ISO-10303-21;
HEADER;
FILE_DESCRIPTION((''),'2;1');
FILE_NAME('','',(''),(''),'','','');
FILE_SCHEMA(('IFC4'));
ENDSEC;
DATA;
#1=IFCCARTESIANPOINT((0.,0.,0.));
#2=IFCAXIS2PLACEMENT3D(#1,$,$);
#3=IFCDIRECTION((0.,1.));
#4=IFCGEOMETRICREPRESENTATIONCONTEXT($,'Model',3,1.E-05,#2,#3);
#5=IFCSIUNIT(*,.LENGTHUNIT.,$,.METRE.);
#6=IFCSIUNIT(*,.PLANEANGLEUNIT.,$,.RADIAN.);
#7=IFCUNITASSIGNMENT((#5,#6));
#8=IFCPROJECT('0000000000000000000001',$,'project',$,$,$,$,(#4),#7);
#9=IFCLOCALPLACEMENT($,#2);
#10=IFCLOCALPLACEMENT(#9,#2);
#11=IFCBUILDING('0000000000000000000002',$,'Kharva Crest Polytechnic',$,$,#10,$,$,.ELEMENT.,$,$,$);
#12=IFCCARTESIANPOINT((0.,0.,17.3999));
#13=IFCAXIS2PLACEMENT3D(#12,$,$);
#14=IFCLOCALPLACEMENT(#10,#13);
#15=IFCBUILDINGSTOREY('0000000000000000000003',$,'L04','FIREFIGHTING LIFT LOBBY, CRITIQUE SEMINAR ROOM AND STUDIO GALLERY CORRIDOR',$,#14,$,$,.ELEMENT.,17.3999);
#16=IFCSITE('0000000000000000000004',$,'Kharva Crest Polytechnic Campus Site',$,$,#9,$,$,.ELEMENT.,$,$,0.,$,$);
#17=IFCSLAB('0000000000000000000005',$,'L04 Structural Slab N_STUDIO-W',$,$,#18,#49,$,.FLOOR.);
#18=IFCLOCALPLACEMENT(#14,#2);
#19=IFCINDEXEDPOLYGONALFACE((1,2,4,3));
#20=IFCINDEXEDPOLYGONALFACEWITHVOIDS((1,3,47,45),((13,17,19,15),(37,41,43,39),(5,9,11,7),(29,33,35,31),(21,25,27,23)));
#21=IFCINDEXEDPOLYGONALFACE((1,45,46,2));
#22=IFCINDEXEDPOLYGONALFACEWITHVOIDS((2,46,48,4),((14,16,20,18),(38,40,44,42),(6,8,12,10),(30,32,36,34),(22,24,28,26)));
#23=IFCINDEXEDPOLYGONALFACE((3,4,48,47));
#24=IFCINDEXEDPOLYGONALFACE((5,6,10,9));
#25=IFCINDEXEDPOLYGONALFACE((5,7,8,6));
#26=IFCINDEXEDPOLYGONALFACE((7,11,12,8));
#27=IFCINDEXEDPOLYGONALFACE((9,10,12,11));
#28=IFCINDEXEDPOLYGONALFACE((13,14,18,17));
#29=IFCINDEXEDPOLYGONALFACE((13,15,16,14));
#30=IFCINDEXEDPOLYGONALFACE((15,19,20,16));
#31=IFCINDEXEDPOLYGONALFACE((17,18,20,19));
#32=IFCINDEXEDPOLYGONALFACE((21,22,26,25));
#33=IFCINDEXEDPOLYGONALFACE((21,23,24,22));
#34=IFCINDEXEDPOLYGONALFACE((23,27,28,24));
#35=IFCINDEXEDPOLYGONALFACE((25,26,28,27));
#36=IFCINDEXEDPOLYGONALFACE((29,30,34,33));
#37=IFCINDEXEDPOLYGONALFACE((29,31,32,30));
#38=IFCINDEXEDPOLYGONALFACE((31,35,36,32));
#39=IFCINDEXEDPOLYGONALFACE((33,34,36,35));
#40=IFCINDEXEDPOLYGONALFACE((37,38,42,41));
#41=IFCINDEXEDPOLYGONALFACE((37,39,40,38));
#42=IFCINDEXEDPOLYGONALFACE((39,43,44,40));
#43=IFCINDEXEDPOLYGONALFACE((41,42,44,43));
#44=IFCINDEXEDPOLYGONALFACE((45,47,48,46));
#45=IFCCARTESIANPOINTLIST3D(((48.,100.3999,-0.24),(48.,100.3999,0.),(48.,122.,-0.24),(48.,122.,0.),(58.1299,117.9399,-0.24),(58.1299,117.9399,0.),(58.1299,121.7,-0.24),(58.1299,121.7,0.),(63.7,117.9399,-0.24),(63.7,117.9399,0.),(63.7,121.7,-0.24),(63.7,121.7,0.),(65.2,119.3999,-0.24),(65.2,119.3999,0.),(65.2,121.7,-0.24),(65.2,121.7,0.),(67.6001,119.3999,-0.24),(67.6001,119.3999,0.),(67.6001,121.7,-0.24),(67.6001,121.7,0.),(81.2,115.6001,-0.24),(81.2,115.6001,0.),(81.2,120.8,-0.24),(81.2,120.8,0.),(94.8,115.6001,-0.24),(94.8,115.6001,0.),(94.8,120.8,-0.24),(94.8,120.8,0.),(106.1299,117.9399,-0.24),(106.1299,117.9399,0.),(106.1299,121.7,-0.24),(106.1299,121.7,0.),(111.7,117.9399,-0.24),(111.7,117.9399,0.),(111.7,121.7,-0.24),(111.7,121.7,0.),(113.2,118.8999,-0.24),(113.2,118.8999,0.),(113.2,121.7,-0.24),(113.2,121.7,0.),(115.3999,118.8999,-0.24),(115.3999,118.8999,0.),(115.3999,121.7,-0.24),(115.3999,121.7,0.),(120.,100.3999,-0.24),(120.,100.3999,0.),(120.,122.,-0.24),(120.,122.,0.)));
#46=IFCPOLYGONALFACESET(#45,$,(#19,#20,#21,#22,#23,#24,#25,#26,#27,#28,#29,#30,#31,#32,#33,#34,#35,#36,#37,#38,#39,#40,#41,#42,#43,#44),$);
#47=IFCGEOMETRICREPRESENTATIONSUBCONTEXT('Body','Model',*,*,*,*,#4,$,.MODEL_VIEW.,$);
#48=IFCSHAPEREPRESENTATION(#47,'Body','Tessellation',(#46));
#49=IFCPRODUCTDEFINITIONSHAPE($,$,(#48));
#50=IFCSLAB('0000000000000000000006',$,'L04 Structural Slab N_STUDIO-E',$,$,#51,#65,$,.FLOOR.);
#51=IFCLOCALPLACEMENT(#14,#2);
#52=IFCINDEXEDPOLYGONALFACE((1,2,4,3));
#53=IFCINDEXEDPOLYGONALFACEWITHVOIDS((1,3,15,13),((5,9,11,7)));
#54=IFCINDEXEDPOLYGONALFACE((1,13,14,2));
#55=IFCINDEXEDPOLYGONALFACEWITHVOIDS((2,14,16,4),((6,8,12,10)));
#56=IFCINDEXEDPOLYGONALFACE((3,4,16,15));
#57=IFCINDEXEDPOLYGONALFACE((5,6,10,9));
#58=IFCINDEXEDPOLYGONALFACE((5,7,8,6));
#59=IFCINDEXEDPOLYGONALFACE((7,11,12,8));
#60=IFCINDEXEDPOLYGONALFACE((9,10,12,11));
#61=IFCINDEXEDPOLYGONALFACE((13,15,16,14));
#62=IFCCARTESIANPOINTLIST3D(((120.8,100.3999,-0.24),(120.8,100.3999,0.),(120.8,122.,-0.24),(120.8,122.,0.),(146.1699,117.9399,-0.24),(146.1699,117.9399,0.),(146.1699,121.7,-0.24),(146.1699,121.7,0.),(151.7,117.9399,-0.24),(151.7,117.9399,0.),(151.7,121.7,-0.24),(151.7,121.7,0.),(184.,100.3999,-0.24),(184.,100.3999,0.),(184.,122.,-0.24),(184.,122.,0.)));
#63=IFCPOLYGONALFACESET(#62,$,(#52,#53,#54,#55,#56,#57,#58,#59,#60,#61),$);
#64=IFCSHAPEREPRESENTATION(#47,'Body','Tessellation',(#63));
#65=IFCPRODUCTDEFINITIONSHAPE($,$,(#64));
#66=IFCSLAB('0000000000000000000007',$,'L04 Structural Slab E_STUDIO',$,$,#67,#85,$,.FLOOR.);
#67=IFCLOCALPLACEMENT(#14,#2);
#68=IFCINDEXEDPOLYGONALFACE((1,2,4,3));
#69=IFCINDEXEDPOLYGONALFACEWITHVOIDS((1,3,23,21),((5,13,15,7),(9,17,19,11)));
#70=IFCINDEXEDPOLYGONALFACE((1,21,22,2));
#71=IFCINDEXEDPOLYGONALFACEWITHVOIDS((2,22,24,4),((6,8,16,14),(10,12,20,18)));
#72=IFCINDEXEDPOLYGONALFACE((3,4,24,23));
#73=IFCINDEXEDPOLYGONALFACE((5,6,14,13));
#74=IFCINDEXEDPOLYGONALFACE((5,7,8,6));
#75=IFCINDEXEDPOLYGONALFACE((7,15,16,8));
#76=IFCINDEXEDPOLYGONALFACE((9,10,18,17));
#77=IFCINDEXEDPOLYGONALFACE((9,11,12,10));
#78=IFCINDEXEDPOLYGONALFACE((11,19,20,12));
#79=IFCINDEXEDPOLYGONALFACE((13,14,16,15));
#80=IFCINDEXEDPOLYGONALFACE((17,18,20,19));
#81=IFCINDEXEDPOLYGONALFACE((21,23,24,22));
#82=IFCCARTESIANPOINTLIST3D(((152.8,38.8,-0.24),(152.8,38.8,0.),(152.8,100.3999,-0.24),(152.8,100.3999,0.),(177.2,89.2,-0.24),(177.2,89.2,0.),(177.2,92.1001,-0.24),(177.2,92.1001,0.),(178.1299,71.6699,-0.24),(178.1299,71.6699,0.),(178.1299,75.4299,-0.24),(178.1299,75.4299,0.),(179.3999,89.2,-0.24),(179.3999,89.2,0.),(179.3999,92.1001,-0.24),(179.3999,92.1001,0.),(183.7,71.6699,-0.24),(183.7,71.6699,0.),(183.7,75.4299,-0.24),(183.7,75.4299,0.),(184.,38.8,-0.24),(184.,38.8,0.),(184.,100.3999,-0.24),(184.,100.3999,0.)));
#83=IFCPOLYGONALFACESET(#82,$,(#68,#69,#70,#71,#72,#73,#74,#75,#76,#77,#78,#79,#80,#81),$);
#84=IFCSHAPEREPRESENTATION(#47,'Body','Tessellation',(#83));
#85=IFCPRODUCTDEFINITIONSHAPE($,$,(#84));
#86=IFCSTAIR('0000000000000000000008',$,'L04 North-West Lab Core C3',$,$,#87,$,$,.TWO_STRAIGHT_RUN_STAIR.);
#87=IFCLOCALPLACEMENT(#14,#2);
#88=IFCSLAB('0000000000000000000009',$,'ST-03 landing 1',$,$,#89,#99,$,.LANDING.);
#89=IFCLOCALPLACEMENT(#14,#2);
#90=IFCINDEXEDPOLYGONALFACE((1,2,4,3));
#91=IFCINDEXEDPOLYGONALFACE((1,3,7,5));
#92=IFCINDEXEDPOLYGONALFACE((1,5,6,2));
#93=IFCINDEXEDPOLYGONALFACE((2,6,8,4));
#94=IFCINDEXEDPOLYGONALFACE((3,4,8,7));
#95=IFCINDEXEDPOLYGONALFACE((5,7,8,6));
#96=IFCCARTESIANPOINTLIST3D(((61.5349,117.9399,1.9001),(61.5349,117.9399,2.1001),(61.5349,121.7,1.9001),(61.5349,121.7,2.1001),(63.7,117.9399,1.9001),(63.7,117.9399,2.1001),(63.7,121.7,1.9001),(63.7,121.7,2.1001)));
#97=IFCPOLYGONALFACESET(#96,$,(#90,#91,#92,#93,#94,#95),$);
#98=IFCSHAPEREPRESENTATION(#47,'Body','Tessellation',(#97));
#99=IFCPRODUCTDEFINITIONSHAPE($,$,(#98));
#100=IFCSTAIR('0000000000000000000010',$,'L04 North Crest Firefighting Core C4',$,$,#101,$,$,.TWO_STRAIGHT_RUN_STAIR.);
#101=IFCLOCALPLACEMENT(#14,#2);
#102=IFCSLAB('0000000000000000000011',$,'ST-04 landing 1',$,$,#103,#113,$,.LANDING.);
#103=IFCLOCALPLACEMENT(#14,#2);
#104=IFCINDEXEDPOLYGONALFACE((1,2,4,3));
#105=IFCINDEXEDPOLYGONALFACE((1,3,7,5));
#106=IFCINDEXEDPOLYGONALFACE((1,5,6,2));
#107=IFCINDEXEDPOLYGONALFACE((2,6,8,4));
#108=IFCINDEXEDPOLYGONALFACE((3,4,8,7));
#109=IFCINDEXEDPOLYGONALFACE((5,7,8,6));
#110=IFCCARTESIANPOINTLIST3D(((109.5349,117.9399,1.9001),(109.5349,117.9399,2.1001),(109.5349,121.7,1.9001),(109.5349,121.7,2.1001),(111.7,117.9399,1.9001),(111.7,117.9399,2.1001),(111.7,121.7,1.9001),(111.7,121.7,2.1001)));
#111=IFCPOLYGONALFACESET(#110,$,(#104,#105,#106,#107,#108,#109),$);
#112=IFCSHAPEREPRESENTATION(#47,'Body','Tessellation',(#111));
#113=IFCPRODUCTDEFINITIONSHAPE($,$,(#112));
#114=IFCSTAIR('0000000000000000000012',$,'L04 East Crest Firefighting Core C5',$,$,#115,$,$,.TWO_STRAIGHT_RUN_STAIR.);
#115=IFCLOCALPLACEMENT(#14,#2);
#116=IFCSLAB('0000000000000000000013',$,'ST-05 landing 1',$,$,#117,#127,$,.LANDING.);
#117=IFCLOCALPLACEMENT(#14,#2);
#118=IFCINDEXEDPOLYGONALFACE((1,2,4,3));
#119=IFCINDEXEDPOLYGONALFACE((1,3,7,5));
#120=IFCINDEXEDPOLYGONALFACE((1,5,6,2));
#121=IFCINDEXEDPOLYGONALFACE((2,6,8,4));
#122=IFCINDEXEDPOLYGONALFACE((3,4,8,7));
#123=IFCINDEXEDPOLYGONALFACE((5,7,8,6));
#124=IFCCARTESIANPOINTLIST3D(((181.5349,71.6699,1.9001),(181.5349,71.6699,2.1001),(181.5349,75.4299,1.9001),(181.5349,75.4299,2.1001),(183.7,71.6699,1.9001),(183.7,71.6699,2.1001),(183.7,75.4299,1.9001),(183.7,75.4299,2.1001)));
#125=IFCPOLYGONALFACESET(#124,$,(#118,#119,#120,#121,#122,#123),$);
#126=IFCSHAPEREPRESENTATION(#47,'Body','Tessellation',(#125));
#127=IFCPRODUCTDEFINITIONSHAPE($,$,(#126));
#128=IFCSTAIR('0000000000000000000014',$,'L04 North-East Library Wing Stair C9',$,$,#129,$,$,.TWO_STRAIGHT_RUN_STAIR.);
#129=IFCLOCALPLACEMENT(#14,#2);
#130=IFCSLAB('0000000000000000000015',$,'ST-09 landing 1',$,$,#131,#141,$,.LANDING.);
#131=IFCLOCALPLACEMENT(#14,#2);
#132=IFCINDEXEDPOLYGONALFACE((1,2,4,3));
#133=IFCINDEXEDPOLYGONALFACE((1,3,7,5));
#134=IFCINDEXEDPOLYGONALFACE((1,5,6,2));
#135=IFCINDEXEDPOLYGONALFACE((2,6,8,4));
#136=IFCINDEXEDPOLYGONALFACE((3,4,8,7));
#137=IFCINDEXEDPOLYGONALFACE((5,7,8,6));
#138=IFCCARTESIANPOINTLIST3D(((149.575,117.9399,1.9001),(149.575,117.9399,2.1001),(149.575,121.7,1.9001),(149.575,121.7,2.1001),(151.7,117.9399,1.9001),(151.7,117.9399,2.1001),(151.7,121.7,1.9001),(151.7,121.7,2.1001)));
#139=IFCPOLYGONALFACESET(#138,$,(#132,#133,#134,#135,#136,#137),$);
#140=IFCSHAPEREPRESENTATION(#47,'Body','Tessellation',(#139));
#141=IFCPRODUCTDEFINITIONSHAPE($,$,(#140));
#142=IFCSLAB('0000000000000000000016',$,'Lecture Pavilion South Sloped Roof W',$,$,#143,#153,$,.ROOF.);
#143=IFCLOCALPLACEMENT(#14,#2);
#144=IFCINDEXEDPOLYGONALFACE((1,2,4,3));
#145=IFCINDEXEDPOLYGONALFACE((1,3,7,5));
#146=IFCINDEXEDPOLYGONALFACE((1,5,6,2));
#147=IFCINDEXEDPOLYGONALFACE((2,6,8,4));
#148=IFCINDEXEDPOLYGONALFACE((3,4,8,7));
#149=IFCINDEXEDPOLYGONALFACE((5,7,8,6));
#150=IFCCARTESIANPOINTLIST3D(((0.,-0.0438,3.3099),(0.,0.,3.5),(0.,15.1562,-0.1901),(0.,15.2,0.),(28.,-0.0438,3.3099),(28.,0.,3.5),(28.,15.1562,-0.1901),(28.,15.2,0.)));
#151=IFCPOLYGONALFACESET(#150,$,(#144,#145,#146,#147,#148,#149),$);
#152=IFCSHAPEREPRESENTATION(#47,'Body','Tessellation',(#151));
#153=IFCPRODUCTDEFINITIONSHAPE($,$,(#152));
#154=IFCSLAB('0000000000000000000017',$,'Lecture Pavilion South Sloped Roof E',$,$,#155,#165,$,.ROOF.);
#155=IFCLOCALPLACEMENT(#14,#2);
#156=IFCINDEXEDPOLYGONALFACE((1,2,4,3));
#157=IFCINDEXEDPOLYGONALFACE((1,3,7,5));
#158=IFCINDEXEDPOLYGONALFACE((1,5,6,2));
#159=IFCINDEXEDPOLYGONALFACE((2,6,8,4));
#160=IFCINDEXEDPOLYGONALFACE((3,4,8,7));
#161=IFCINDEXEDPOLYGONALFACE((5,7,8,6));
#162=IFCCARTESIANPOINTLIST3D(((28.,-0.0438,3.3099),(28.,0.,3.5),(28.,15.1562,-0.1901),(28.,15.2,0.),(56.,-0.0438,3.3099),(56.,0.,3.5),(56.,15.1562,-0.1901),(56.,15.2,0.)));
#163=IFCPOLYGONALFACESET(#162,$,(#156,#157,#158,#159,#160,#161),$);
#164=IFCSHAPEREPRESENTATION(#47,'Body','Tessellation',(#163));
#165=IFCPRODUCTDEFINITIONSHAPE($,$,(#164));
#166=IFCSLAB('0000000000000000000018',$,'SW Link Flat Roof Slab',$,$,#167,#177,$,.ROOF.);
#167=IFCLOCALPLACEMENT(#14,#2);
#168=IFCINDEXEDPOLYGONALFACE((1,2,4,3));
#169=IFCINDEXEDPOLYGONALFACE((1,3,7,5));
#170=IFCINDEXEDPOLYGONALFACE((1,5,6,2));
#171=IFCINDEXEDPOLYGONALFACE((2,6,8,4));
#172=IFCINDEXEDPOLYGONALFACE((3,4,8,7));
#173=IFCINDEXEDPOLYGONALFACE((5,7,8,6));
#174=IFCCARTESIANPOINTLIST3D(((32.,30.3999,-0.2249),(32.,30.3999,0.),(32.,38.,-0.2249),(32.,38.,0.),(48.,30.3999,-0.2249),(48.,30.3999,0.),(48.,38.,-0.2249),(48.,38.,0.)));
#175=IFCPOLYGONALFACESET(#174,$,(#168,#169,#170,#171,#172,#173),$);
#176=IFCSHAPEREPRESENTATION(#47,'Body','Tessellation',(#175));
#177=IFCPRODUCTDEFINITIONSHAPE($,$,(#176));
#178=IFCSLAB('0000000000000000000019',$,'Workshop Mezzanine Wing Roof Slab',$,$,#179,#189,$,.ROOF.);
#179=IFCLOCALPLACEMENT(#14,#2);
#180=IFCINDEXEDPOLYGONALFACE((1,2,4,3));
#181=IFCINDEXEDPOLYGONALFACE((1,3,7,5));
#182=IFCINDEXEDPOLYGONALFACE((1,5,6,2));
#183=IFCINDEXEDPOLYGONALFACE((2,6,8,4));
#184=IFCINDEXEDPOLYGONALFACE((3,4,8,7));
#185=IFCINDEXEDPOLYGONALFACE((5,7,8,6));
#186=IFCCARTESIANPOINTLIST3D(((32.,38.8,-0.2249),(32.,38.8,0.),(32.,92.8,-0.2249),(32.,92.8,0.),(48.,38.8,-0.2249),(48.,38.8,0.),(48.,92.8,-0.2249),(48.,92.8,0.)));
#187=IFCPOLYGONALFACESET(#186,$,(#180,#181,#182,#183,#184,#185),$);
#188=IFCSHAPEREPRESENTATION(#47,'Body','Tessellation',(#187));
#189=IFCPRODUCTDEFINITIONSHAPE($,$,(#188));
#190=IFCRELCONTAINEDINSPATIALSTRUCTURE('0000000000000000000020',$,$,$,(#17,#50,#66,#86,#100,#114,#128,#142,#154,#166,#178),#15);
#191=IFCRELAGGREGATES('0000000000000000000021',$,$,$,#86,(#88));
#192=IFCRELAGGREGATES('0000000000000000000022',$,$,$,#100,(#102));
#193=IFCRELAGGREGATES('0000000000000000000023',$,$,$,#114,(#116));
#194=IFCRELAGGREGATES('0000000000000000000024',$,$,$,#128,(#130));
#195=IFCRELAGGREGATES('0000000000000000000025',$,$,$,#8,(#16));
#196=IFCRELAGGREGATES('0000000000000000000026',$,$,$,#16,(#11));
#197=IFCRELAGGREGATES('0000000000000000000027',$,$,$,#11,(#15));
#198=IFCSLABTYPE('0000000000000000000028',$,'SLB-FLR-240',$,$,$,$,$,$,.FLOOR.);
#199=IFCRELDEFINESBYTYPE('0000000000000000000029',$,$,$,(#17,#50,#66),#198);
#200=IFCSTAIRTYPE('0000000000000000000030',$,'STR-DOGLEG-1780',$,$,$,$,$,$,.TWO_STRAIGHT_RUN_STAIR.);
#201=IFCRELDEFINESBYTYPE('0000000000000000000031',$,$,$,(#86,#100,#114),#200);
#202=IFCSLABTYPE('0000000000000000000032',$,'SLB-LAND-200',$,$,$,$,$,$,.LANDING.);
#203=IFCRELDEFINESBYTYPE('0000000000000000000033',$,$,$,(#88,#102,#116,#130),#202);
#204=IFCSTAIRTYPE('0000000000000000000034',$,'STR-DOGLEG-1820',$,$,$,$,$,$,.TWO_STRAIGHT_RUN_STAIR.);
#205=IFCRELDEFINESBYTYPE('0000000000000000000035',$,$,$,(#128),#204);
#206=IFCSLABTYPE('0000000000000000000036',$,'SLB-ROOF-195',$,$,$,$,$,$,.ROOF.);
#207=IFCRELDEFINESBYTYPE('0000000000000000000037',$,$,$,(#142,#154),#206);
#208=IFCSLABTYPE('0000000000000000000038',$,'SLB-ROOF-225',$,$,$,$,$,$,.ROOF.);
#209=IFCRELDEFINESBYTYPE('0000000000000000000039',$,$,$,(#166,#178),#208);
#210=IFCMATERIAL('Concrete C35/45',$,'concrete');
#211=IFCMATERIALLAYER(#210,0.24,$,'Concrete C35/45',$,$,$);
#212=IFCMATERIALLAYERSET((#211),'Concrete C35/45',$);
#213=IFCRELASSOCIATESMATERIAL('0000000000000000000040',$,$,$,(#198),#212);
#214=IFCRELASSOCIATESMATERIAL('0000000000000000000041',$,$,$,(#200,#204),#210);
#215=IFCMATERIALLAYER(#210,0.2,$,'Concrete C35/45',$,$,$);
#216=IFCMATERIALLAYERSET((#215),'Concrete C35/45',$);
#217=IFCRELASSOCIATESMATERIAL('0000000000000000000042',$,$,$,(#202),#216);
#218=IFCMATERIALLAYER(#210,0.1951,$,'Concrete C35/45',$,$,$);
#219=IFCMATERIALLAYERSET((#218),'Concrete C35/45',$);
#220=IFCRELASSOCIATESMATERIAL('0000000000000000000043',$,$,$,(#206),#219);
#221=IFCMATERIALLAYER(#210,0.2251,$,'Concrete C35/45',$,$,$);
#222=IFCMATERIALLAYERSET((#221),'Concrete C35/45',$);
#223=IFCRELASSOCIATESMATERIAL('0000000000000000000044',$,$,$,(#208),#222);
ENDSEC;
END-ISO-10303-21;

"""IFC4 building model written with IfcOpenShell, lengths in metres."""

from ifc_helpers import new_model, si_unit, direction, frame, origin, place, context, subcontext, project, spatial, polyline, outline, extrude, material, layer, layer_set, type_object, element, aggregate, save


model = new_model("IFC4")

# Units and contexts
model_context = context("Model", 3, precision=1e-05, world=origin(), true_north=direction((0.0, 1.0)))
body_context = subcontext(model_context, "Body", "Model", "MODEL_VIEW")
ifc_project = project(units=[si_unit("LENGTHUNIT", "METRE"), si_unit("PLANEANGLEUNIT", "RADIAN")], contexts=[model_context])

# Site, building, storey
site_placement = place(None, origin())
site = spatial("IfcSite", under=ifc_project, at=site_placement, Name="Kharva Crest Polytechnic Campus Site", CompositionType="ELEMENT", RefElevation=0.0)
building_placement = place(site_placement, origin())
building = spatial("IfcBuilding", under=site, at=building_placement, Name="Kharva Crest Polytechnic", CompositionType="ELEMENT")
storey_placement = place(building_placement, frame((0.0, 0.0, 17.3999)))
storey = spatial("IfcBuildingStorey", under=building, at=storey_placement, Name="L04", Description="FIREFIGHTING LIFT LOBBY, CRITIQUE SEMINAR ROOM AND STUDIO GALLERY CORRIDOR", CompositionType="ELEMENT", Elevation=17.3999)

# Slabs
ifc_material_1 = material(Name="Concrete C35/45", Category="concrete")
ifc_layer_1 = layer(ifc_material_1, 0.24, Name="Concrete C35/45")
ifc_layer_set_1 = layer_set([ifc_layer_1], Name="Concrete C35/45")
slab_type_1 = type_object("IfcSlabType", Name="SLB-FLR-240", PredefinedType="FLOOR", material=ifc_layer_set_1)
slab_1_placement = place(storey_placement, frame((0.0, 0.0, -0.24)))
element("IfcSlab", 1, at=slab_1_placement, inside=storey, type_object=slab_type_1, Name="L04 Structural Slab N_STUDIO-W", PredefinedType="FLOOR", context=body_context, shape_type="SweptSolid", body=[
    extrude(outline(polyline([(48.0, 100.3999), (120.0, 100.3999), (120.0, 122.0), (48.0, 122.0), (48.0, 100.3999)]), holes=[polyline([(58.1299, 117.9399), (63.7, 117.9399), (63.7, 121.7), (58.1299, 121.7), (58.1299, 117.9399)]), polyline([(65.2, 119.3999), (67.6001, 119.3999), (67.6001, 121.7), (65.2, 121.7), (65.2, 119.3999)]), polyline([(106.1299, 117.9399), (111.7, 117.9399), (111.7, 121.7), (106.1299, 121.7), (106.1299, 117.9399)]), polyline([(113.2, 118.8999), (115.3999, 118.8999), (115.3999, 121.7), (113.2, 121.7), (113.2, 118.8999)]), polyline([(81.2, 115.6001), (94.8, 115.6001), (94.8, 120.8), (81.2, 120.8), (81.2, 115.6001)])]), origin(), (0.0, 0.0, 1.0), 0.24),
])
slab_2_placement = place(storey_placement, frame((0.0, 0.0, -0.24)))
element("IfcSlab", 2, at=slab_2_placement, inside=storey, type_object=slab_type_1, Name="L04 Structural Slab N_STUDIO-E", PredefinedType="FLOOR", context=body_context, shape_type="SweptSolid", body=[
    extrude(outline(polyline([(120.8, 100.3999), (184.0, 100.3999), (184.0, 122.0), (120.8, 122.0), (120.8, 100.3999)]), holes=[polyline([(146.1699, 117.9399), (151.7, 117.9399), (151.7, 121.7), (146.1699, 121.7), (146.1699, 117.9399)])]), origin(), (0.0, 0.0, 1.0), 0.24),
])
slab_3_placement = place(storey_placement, frame((0.0, 0.0, -0.24)))
element("IfcSlab", 3, at=slab_3_placement, inside=storey, type_object=slab_type_1, Name="L04 Structural Slab E_STUDIO", PredefinedType="FLOOR", context=body_context, shape_type="SweptSolid", body=[
    extrude(outline(polyline([(152.8, 38.8), (184.0, 38.8), (184.0, 100.3999), (152.8, 100.3999), (152.8, 38.8)]), holes=[polyline([(178.1299, 71.6699), (183.7, 71.6699), (183.7, 75.4299), (178.1299, 75.4299), (178.1299, 71.6699)]), polyline([(177.2, 89.2), (179.3999, 89.2), (179.3999, 92.1001), (177.2, 92.1001), (177.2, 89.2)])]), origin(), (0.0, 0.0, 1.0), 0.24),
])

# Stairs, slabs
stair_type_1 = type_object("IfcStairType", Name="STR-DOGLEG-1780", PredefinedType="TWO_STRAIGHT_RUN_STAIR", material=ifc_material_1)
stair_1_placement = place(storey_placement, origin())
stair_1 = element("IfcStair", 4, at=stair_1_placement, inside=storey, type_object=stair_type_1, Name="L04 North-West Lab Core C3", PredefinedType="TWO_STRAIGHT_RUN_STAIR")
ifc_layer_2 = layer(ifc_material_1, 0.2, Name="Concrete C35/45")
ifc_layer_set_2 = layer_set([ifc_layer_2], Name="Concrete C35/45")
slab_type_2 = type_object("IfcSlabType", Name="SLB-LAND-200", PredefinedType="LANDING", material=ifc_layer_set_2)
slab_4_placement = place(storey_placement, frame((0.0, 0.0, 1.9001)))
slab_4 = element("IfcSlab", 5, at=slab_4_placement, type_object=slab_type_2, Name="ST-03 landing 1", PredefinedType="LANDING", context=body_context, shape_type="SweptSolid", body=[
    extrude(outline(polyline([(61.5349, 117.9399), (63.7, 117.9399), (63.7, 121.7), (61.5349, 121.7), (61.5349, 117.9399)])), origin(), (0.0, 0.0, 1.0), 0.2),
])
aggregate(stair_1, [slab_4])
stair_2_placement = place(storey_placement, origin())
stair_2 = element("IfcStair", 6, at=stair_2_placement, inside=storey, type_object=stair_type_1, Name="L04 North Crest Firefighting Core C4", PredefinedType="TWO_STRAIGHT_RUN_STAIR")
slab_5_placement = place(storey_placement, frame((0.0, 0.0, 1.9001)))
slab_5 = element("IfcSlab", 7, at=slab_5_placement, type_object=slab_type_2, Name="ST-04 landing 1", PredefinedType="LANDING", context=body_context, shape_type="SweptSolid", body=[
    extrude(outline(polyline([(109.5349, 117.9399), (111.7, 117.9399), (111.7, 121.7), (109.5349, 121.7), (109.5349, 117.9399)])), origin(), (0.0, 0.0, 1.0), 0.2),
])
aggregate(stair_2, [slab_5])
stair_3_placement = place(storey_placement, origin())
stair_3 = element("IfcStair", 8, at=stair_3_placement, inside=storey, type_object=stair_type_1, Name="L04 East Crest Firefighting Core C5", PredefinedType="TWO_STRAIGHT_RUN_STAIR")
slab_6_placement = place(storey_placement, frame((0.0, 0.0, 1.9001)))
slab_6 = element("IfcSlab", 9, at=slab_6_placement, type_object=slab_type_2, Name="ST-05 landing 1", PredefinedType="LANDING", context=body_context, shape_type="SweptSolid", body=[
    extrude(outline(polyline([(181.5349, 71.6699), (183.7, 71.6699), (183.7, 75.4299), (181.5349, 75.4299), (181.5349, 71.6699)])), origin(), (0.0, 0.0, 1.0), 0.2),
])
aggregate(stair_3, [slab_6])
stair_type_2 = type_object("IfcStairType", Name="STR-DOGLEG-1820", PredefinedType="TWO_STRAIGHT_RUN_STAIR", material=ifc_material_1)
stair_4_placement = place(storey_placement, origin())
stair_4 = element("IfcStair", 10, at=stair_4_placement, inside=storey, type_object=stair_type_2, Name="L04 North-East Library Wing Stair C9", PredefinedType="TWO_STRAIGHT_RUN_STAIR")
slab_7_placement = place(storey_placement, frame((0.0, 0.0, 1.9001)))
slab_7 = element("IfcSlab", 11, at=slab_7_placement, type_object=slab_type_2, Name="ST-09 landing 1", PredefinedType="LANDING", context=body_context, shape_type="SweptSolid", body=[
    extrude(outline(polyline([(149.575, 117.9399), (151.7, 117.9399), (151.7, 121.7), (149.575, 121.7), (149.575, 117.9399)])), origin(), (0.0, 0.0, 1.0), 0.2),
])
aggregate(stair_4, [slab_7])

# Slabs
ifc_layer_3 = layer(ifc_material_1, 0.1951, Name="Concrete C35/45")
ifc_layer_set_3 = layer_set([ifc_layer_3], Name="Concrete C35/45")
slab_type_3 = type_object("IfcSlabType", Name="SLB-ROOF-195", PredefinedType="ROOF", material=ifc_layer_set_3)
for number, where, z_axis, x_axis, name in (
    (12, (0.0, 0.0, 3.5), (0.0, 0.224392, 0.974499), (1.0, 0.0, 0.0), "Lecture Pavilion South Sloped Roof W"),
    (13, (28.0, 0.0, 3.5), (0.0, 0.224392, 0.974499), (1.0, 0.0, 0.0), "Lecture Pavilion South Sloped Roof E"),
):
    element("IfcSlab", number, at=place(storey_placement, frame(where, z_axis=z_axis, x_axis=x_axis)), inside=storey, type_object=slab_type_3, Name=name, PredefinedType="ROOF", context=body_context, shape_type="SweptSolid", body=[
        extrude(outline(polyline([(0.0, 0.0), (28.0, 0.0), (28.0, 15.5977), (0.0, 15.5977), (0.0, 0.0)])), origin(), (0.0, 0.0, -1.0), 0.1951),
    ])
ifc_layer_4 = layer(ifc_material_1, 0.2251, Name="Concrete C35/45")
ifc_layer_set_4 = layer_set([ifc_layer_4], Name="Concrete C35/45")
slab_type_4 = type_object("IfcSlabType", Name="SLB-ROOF-225", PredefinedType="ROOF", material=ifc_layer_set_4)
slab_8_placement = place(storey_placement, frame((0.0, 0.0, -0.2249)))
element("IfcSlab", 14, at=slab_8_placement, inside=storey, type_object=slab_type_4, Name="SW Link Flat Roof Slab", PredefinedType="ROOF", context=body_context, shape_type="SweptSolid", body=[
    extrude(outline(polyline([(32.0, 30.3999), (48.0, 30.3999), (48.0, 38.0), (32.0, 38.0), (32.0, 30.3999)])), origin(), (0.0, 0.0, 1.0), 0.2249),
])
slab_9_placement = place(storey_placement, frame((0.0, 0.0, -0.2249)))
element("IfcSlab", 15, at=slab_9_placement, inside=storey, type_object=slab_type_4, Name="Workshop Mezzanine Wing Roof Slab", PredefinedType="ROOF", context=body_context, shape_type="SweptSolid", body=[
    extrude(outline(polyline([(32.0, 38.8), (48.0, 38.8), (48.0, 92.8), (32.0, 92.8), (32.0, 38.8)])), origin(), (0.0, 0.0, 1.0), 0.2249),
])

save(model, "model.ifc")
